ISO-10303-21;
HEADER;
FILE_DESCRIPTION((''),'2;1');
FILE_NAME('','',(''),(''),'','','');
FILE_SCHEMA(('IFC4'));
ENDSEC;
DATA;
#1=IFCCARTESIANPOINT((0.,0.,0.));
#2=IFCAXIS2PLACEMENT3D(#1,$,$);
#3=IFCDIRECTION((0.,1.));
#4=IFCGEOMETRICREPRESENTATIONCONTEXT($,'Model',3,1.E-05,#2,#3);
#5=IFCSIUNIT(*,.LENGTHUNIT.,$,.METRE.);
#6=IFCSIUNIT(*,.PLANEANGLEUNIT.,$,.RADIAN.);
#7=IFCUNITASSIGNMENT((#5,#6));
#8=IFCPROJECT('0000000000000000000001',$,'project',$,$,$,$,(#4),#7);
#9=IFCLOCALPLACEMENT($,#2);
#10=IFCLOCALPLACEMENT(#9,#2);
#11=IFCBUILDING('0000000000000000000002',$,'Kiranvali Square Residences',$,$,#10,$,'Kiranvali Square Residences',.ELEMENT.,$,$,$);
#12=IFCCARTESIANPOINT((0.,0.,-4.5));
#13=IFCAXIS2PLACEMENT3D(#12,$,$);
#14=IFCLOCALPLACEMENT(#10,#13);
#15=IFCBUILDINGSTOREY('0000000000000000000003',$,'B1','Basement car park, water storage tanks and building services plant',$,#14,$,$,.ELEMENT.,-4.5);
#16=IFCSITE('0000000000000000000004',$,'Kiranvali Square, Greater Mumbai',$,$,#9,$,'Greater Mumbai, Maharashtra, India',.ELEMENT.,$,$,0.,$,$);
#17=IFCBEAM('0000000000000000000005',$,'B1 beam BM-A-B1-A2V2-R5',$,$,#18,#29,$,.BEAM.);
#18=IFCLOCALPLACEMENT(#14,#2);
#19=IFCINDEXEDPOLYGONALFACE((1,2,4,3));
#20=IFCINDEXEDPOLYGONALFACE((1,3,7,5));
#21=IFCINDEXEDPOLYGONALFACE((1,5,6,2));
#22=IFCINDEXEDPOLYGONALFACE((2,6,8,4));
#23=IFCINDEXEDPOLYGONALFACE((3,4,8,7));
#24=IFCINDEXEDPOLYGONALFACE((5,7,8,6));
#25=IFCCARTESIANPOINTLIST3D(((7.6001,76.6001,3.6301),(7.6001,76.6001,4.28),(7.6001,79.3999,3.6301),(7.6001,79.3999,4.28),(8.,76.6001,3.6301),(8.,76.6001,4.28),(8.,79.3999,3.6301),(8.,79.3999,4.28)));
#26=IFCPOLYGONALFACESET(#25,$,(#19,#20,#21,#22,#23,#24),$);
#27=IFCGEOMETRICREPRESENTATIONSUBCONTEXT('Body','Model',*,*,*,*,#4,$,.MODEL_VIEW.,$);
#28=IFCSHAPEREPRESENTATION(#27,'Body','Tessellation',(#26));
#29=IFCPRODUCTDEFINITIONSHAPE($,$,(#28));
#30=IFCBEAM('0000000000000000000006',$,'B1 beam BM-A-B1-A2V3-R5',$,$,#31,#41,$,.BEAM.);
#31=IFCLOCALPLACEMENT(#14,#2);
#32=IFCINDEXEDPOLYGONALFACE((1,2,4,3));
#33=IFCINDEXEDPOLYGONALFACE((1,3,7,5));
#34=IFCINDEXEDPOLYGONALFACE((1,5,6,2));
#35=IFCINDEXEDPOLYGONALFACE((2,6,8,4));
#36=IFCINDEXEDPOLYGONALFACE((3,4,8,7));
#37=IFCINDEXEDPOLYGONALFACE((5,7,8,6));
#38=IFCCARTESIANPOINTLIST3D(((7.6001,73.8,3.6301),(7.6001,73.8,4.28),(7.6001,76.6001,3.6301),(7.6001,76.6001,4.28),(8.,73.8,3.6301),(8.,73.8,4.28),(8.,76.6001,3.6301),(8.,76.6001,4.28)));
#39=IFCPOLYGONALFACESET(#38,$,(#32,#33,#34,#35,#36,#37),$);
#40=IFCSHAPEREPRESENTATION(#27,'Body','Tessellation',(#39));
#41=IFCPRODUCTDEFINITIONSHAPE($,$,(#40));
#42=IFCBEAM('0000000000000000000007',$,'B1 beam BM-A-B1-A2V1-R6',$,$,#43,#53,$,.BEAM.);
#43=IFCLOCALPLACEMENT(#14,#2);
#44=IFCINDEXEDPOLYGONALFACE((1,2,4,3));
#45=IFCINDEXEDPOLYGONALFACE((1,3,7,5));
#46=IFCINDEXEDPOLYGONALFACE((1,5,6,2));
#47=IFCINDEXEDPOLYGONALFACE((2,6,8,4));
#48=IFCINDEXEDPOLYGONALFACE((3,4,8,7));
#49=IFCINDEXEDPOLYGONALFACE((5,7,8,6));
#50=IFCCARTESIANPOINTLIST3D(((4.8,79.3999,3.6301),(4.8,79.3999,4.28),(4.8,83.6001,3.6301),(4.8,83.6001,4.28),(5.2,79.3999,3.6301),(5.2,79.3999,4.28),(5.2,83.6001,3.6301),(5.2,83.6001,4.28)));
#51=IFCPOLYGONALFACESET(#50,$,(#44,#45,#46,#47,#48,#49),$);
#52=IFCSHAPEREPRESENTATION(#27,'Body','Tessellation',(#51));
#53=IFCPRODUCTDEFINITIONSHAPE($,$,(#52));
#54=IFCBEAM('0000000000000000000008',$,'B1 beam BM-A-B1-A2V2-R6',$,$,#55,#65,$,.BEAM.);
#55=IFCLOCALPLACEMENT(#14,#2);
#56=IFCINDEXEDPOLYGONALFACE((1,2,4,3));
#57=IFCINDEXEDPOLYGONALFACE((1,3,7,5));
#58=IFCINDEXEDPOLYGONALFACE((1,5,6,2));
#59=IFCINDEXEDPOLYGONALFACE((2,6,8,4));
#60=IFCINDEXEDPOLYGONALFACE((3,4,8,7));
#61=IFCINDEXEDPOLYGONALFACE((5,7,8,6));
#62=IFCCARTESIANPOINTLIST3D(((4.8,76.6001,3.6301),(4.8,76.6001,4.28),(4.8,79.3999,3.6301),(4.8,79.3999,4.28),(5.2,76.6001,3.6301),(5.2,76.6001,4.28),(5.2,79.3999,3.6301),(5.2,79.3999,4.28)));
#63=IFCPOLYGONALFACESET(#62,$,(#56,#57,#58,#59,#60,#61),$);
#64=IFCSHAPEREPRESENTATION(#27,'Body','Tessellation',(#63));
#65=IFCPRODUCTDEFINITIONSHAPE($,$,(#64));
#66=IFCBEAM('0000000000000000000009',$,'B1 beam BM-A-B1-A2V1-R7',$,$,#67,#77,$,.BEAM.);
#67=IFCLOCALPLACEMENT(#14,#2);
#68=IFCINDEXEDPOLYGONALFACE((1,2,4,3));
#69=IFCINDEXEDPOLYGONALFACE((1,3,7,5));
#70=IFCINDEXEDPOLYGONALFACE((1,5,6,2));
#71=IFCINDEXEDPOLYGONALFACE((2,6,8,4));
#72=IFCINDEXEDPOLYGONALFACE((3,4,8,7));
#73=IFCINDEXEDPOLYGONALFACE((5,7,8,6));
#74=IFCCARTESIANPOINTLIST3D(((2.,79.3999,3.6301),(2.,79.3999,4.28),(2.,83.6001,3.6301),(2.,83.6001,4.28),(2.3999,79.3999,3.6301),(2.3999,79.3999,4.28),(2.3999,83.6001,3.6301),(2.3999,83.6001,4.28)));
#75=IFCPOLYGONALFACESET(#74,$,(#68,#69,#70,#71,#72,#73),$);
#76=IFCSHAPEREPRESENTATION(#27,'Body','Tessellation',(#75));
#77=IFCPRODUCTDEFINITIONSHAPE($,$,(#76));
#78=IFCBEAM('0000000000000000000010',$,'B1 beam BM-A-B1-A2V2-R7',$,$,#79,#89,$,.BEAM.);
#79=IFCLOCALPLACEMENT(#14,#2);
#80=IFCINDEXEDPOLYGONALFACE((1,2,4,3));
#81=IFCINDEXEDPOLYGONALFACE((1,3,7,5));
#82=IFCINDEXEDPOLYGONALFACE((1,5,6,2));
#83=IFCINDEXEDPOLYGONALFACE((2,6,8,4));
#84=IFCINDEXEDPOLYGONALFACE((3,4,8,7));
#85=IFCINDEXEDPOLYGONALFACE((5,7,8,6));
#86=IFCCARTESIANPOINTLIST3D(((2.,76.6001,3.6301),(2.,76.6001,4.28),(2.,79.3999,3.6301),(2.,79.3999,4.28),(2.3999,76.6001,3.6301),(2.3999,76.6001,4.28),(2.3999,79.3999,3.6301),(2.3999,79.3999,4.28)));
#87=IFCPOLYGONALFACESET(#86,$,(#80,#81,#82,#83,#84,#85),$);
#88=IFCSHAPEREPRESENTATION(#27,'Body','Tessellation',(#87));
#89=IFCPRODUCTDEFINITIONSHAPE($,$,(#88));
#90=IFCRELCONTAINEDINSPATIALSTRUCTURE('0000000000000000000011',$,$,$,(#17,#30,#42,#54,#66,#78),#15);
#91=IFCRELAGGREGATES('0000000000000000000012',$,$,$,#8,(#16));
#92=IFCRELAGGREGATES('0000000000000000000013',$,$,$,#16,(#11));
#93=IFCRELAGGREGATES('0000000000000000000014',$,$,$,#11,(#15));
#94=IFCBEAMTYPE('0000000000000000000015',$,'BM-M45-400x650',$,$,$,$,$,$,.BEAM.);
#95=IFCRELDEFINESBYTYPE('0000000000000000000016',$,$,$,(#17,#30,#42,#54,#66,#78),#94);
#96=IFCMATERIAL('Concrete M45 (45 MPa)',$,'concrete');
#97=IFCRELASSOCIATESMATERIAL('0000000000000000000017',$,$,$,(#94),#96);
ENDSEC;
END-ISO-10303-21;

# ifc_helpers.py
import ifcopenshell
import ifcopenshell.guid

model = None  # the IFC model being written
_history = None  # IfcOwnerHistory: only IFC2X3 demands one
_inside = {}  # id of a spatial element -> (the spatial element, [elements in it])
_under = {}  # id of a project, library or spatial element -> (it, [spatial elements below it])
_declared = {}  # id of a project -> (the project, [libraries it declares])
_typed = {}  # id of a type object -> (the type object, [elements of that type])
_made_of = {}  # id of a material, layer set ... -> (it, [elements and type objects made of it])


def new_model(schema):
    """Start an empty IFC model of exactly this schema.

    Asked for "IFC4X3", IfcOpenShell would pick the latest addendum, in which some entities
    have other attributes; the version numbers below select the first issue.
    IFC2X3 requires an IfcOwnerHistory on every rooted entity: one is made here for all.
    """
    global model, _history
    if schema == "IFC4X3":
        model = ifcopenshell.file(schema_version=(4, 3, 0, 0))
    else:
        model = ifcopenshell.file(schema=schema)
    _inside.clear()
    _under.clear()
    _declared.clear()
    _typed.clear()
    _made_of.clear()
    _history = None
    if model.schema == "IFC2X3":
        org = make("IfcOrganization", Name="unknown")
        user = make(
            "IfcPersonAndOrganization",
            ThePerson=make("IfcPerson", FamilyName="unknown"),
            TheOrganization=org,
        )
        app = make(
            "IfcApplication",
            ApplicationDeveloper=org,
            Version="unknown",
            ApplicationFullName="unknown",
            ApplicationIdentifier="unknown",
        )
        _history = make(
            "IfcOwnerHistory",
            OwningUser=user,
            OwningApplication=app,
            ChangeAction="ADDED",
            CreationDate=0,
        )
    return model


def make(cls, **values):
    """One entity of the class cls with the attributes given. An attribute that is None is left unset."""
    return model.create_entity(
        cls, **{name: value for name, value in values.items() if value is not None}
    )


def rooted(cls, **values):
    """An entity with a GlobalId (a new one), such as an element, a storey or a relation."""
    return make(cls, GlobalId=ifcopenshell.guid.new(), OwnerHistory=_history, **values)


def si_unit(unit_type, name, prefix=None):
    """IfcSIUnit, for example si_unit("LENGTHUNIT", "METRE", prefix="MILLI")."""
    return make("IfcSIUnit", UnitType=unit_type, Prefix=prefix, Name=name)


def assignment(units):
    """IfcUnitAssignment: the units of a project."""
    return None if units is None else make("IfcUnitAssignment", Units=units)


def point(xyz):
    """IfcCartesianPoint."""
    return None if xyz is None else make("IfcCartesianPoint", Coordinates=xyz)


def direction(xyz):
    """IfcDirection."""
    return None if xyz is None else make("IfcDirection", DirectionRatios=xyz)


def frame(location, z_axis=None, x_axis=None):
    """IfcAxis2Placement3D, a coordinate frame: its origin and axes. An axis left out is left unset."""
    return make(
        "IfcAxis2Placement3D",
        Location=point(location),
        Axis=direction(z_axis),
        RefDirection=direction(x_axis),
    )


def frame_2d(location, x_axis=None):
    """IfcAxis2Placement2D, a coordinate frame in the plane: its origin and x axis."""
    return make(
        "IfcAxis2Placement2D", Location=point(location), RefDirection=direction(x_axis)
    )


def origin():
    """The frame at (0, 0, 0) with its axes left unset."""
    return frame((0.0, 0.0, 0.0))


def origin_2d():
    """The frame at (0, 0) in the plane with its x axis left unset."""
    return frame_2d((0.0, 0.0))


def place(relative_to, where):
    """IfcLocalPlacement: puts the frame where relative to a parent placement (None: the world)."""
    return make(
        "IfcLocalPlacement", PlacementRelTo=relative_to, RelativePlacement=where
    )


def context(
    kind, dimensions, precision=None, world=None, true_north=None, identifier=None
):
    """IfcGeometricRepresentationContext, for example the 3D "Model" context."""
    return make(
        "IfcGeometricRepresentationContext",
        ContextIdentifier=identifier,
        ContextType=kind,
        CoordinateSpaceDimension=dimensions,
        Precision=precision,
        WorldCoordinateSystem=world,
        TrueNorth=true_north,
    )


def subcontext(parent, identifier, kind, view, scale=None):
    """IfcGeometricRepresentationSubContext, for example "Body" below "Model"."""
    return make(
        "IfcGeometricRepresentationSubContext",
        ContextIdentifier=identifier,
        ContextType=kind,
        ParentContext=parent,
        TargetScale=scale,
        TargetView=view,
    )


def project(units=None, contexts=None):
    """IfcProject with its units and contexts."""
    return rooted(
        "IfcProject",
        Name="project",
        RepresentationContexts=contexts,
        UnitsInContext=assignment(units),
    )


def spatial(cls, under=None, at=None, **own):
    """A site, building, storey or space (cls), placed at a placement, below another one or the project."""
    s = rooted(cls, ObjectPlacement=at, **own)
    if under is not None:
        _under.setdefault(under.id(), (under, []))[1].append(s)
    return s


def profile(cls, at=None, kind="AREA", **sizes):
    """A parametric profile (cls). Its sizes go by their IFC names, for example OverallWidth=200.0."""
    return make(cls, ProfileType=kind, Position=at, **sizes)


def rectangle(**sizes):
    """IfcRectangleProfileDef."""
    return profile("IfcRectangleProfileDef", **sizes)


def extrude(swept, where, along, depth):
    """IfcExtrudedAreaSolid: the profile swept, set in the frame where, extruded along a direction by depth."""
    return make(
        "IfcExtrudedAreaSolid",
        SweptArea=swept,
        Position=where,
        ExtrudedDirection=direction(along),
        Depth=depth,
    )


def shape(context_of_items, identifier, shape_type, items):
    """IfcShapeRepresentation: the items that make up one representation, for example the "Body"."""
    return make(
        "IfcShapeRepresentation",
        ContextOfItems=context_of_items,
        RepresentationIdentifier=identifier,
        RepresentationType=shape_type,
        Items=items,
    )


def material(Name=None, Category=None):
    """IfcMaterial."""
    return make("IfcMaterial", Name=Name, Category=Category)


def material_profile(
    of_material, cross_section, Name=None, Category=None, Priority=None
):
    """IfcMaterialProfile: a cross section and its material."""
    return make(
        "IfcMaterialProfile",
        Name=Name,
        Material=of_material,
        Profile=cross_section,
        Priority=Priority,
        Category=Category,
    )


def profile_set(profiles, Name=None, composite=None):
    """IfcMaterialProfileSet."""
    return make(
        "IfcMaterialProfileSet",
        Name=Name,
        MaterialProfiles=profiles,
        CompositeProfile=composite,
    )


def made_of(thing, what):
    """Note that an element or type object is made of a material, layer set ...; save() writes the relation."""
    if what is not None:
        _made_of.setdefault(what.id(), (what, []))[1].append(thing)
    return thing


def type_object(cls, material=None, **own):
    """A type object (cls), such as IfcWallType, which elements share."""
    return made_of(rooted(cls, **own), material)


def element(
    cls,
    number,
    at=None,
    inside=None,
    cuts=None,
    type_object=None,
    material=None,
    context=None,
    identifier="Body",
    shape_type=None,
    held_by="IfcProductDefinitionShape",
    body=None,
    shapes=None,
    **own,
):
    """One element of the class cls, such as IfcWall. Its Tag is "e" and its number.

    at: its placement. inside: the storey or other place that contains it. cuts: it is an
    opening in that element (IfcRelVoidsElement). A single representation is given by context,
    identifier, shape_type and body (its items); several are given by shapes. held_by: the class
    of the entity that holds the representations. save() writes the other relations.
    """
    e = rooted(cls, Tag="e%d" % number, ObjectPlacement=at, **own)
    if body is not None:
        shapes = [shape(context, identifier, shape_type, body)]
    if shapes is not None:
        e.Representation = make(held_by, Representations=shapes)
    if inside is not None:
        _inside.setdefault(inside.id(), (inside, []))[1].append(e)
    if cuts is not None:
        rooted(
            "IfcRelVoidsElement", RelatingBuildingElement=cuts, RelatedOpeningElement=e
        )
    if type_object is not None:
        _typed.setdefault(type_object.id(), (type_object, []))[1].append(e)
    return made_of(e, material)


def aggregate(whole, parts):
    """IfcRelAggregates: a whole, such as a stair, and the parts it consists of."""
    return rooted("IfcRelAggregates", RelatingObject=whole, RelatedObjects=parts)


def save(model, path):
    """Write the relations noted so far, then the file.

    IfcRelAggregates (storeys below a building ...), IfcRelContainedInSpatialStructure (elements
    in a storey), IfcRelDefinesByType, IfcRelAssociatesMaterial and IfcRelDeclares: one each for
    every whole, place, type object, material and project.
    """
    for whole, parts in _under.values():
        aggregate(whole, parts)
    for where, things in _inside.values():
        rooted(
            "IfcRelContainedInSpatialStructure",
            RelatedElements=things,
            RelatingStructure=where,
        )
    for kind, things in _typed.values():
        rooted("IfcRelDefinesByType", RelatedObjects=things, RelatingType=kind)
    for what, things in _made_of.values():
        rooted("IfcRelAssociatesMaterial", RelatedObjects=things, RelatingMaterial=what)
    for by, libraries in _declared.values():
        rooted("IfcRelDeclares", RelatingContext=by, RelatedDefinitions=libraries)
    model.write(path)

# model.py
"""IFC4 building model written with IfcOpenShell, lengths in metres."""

from ifc_helpers import new_model, si_unit, direction, frame, origin, origin_2d, place, context, subcontext, project, spatial, rectangle, extrude, material, material_profile, profile_set, type_object, element, save


model = new_model("IFC4")

# Units and contexts
model_context = context("Model", 3, precision=1e-05, world=origin(), true_north=direction((0.0, 1.0)))
body_context = subcontext(model_context, "Body", "Model", "MODEL_VIEW")
ifc_project = project(units=[si_unit("LENGTHUNIT", "METRE"), si_unit("PLANEANGLEUNIT", "RADIAN")], contexts=[model_context])

# Site, building, storey
site_placement = place(None, origin())
site = spatial("IfcSite", under=ifc_project, at=site_placement, Name="Kiranvali Square, Greater Mumbai", LongName="Greater Mumbai, Maharashtra, India", CompositionType="ELEMENT", RefElevation=0.0)
building_placement = place(site_placement, origin())
building = spatial("IfcBuilding", under=site, at=building_placement, Name="Kiranvali Square Residences", LongName="Kiranvali Square Residences", CompositionType="ELEMENT")
storey_placement = place(building_placement, frame((0.0, 0.0, -4.5)))
storey = spatial("IfcBuildingStorey", under=building, at=storey_placement, Name="B1", Description="Basement car park, water storage tanks and building services plant", CompositionType="ELEMENT", Elevation=-4.5)

# Beams
ifc_material_1 = material(Name="Concrete M45 (45 MPa)", Category="concrete")
ifc_material_profile_1 = material_profile(ifc_material_1, rectangle(XDim=0.3999, YDim=0.6499, at=origin_2d()), Name="RC 400x650")
ifc_profile_set_1 = profile_set([ifc_material_profile_1], Name="Concrete M45 (45 MPa)")
beam_type_1 = type_object("IfcBeamType", Name="BM-M45-400x650", PredefinedType="BEAM", material=ifc_profile_set_1)
beam_1_placement = place(storey_placement, frame((7.8, 79.3999, 3.9551), z_axis=(0.0, -1.0, 0.0), x_axis=(1.0, 0.0, 0.0)))
element("IfcBeam", 1, at=beam_1_placement, inside=storey, type_object=beam_type_1, Name="B1 beam BM-A-B1-A2V2-R5", PredefinedType="BEAM", context=body_context, shape_type="SweptSolid", body=[
    extrude(rectangle(XDim=0.3999, YDim=0.6499, at=origin_2d()), origin(), (0.0, 0.0, 1.0), 2.7998),
])
beam_2_placement = place(storey_placement, frame((7.8, 76.6001, 3.9551), z_axis=(0.0, -1.0, 0.0), x_axis=(1.0, 0.0, 0.0)))
element("IfcBeam", 2, at=beam_2_placement, inside=storey, type_object=beam_type_1, Name="B1 beam BM-A-B1-A2V3-R5", PredefinedType="BEAM", context=body_context, shape_type="SweptSolid", body=[
    extrude(rectangle(XDim=0.3999, YDim=0.6499, at=origin_2d()), origin(), (0.0, 0.0, 1.0), 2.8),
])
beam_3_placement = place(storey_placement, frame((5.0, 83.6001, 3.9551), z_axis=(0.0, -1.0, 0.0), x_axis=(1.0, 0.0, 0.0)))
element("IfcBeam", 3, at=beam_3_placement, inside=storey, type_object=beam_type_1, Name="B1 beam BM-A-B1-A2V1-R6", PredefinedType="BEAM", context=body_context, shape_type="SweptSolid", body=[
    extrude(rectangle(XDim=0.3999, YDim=0.6499, at=origin_2d()), origin(), (0.0, 0.0, 1.0), 4.2002),
])
beam_4_placement = place(storey_placement, frame((5.0, 79.3999, 3.9551), z_axis=(0.0, -1.0, 0.0), x_axis=(1.0, 0.0, 0.0)))
element("IfcBeam", 4, at=beam_4_placement, inside=storey, type_object=beam_type_1, Name="B1 beam BM-A-B1-A2V2-R6", PredefinedType="BEAM", context=body_context, shape_type="SweptSolid", body=[
    extrude(rectangle(XDim=0.3999, YDim=0.6499, at=origin_2d()), origin(), (0.0, 0.0, 1.0), 2.7998),
])
beam_5_placement = place(storey_placement, frame((2.2, 83.6001, 3.9551), z_axis=(0.0, -1.0, 0.0), x_axis=(1.0, 0.0, 0.0)))
element("IfcBeam", 5, at=beam_5_placement, inside=storey, type_object=beam_type_1, Name="B1 beam BM-A-B1-A2V1-R7", PredefinedType="BEAM", context=body_context, shape_type="SweptSolid", body=[
    extrude(rectangle(XDim=0.3999, YDim=0.6499, at=origin_2d()), origin(), (0.0, 0.0, 1.0), 4.2002),
])
beam_6_placement = place(storey_placement, frame((2.2, 79.3999, 3.9551), z_axis=(0.0, -1.0, 0.0), x_axis=(1.0, 0.0, 0.0)))
element("IfcBeam", 6, at=beam_6_placement, inside=storey, type_object=beam_type_1, Name="B1 beam BM-A-B1-A2V2-R7", PredefinedType="BEAM", context=body_context, shape_type="SweptSolid", body=[
    extrude(rectangle(XDim=0.3999, YDim=0.6499, at=origin_2d()), origin(), (0.0, 0.0, 1.0), 2.7998),
])

save(model, "model.ifc")
